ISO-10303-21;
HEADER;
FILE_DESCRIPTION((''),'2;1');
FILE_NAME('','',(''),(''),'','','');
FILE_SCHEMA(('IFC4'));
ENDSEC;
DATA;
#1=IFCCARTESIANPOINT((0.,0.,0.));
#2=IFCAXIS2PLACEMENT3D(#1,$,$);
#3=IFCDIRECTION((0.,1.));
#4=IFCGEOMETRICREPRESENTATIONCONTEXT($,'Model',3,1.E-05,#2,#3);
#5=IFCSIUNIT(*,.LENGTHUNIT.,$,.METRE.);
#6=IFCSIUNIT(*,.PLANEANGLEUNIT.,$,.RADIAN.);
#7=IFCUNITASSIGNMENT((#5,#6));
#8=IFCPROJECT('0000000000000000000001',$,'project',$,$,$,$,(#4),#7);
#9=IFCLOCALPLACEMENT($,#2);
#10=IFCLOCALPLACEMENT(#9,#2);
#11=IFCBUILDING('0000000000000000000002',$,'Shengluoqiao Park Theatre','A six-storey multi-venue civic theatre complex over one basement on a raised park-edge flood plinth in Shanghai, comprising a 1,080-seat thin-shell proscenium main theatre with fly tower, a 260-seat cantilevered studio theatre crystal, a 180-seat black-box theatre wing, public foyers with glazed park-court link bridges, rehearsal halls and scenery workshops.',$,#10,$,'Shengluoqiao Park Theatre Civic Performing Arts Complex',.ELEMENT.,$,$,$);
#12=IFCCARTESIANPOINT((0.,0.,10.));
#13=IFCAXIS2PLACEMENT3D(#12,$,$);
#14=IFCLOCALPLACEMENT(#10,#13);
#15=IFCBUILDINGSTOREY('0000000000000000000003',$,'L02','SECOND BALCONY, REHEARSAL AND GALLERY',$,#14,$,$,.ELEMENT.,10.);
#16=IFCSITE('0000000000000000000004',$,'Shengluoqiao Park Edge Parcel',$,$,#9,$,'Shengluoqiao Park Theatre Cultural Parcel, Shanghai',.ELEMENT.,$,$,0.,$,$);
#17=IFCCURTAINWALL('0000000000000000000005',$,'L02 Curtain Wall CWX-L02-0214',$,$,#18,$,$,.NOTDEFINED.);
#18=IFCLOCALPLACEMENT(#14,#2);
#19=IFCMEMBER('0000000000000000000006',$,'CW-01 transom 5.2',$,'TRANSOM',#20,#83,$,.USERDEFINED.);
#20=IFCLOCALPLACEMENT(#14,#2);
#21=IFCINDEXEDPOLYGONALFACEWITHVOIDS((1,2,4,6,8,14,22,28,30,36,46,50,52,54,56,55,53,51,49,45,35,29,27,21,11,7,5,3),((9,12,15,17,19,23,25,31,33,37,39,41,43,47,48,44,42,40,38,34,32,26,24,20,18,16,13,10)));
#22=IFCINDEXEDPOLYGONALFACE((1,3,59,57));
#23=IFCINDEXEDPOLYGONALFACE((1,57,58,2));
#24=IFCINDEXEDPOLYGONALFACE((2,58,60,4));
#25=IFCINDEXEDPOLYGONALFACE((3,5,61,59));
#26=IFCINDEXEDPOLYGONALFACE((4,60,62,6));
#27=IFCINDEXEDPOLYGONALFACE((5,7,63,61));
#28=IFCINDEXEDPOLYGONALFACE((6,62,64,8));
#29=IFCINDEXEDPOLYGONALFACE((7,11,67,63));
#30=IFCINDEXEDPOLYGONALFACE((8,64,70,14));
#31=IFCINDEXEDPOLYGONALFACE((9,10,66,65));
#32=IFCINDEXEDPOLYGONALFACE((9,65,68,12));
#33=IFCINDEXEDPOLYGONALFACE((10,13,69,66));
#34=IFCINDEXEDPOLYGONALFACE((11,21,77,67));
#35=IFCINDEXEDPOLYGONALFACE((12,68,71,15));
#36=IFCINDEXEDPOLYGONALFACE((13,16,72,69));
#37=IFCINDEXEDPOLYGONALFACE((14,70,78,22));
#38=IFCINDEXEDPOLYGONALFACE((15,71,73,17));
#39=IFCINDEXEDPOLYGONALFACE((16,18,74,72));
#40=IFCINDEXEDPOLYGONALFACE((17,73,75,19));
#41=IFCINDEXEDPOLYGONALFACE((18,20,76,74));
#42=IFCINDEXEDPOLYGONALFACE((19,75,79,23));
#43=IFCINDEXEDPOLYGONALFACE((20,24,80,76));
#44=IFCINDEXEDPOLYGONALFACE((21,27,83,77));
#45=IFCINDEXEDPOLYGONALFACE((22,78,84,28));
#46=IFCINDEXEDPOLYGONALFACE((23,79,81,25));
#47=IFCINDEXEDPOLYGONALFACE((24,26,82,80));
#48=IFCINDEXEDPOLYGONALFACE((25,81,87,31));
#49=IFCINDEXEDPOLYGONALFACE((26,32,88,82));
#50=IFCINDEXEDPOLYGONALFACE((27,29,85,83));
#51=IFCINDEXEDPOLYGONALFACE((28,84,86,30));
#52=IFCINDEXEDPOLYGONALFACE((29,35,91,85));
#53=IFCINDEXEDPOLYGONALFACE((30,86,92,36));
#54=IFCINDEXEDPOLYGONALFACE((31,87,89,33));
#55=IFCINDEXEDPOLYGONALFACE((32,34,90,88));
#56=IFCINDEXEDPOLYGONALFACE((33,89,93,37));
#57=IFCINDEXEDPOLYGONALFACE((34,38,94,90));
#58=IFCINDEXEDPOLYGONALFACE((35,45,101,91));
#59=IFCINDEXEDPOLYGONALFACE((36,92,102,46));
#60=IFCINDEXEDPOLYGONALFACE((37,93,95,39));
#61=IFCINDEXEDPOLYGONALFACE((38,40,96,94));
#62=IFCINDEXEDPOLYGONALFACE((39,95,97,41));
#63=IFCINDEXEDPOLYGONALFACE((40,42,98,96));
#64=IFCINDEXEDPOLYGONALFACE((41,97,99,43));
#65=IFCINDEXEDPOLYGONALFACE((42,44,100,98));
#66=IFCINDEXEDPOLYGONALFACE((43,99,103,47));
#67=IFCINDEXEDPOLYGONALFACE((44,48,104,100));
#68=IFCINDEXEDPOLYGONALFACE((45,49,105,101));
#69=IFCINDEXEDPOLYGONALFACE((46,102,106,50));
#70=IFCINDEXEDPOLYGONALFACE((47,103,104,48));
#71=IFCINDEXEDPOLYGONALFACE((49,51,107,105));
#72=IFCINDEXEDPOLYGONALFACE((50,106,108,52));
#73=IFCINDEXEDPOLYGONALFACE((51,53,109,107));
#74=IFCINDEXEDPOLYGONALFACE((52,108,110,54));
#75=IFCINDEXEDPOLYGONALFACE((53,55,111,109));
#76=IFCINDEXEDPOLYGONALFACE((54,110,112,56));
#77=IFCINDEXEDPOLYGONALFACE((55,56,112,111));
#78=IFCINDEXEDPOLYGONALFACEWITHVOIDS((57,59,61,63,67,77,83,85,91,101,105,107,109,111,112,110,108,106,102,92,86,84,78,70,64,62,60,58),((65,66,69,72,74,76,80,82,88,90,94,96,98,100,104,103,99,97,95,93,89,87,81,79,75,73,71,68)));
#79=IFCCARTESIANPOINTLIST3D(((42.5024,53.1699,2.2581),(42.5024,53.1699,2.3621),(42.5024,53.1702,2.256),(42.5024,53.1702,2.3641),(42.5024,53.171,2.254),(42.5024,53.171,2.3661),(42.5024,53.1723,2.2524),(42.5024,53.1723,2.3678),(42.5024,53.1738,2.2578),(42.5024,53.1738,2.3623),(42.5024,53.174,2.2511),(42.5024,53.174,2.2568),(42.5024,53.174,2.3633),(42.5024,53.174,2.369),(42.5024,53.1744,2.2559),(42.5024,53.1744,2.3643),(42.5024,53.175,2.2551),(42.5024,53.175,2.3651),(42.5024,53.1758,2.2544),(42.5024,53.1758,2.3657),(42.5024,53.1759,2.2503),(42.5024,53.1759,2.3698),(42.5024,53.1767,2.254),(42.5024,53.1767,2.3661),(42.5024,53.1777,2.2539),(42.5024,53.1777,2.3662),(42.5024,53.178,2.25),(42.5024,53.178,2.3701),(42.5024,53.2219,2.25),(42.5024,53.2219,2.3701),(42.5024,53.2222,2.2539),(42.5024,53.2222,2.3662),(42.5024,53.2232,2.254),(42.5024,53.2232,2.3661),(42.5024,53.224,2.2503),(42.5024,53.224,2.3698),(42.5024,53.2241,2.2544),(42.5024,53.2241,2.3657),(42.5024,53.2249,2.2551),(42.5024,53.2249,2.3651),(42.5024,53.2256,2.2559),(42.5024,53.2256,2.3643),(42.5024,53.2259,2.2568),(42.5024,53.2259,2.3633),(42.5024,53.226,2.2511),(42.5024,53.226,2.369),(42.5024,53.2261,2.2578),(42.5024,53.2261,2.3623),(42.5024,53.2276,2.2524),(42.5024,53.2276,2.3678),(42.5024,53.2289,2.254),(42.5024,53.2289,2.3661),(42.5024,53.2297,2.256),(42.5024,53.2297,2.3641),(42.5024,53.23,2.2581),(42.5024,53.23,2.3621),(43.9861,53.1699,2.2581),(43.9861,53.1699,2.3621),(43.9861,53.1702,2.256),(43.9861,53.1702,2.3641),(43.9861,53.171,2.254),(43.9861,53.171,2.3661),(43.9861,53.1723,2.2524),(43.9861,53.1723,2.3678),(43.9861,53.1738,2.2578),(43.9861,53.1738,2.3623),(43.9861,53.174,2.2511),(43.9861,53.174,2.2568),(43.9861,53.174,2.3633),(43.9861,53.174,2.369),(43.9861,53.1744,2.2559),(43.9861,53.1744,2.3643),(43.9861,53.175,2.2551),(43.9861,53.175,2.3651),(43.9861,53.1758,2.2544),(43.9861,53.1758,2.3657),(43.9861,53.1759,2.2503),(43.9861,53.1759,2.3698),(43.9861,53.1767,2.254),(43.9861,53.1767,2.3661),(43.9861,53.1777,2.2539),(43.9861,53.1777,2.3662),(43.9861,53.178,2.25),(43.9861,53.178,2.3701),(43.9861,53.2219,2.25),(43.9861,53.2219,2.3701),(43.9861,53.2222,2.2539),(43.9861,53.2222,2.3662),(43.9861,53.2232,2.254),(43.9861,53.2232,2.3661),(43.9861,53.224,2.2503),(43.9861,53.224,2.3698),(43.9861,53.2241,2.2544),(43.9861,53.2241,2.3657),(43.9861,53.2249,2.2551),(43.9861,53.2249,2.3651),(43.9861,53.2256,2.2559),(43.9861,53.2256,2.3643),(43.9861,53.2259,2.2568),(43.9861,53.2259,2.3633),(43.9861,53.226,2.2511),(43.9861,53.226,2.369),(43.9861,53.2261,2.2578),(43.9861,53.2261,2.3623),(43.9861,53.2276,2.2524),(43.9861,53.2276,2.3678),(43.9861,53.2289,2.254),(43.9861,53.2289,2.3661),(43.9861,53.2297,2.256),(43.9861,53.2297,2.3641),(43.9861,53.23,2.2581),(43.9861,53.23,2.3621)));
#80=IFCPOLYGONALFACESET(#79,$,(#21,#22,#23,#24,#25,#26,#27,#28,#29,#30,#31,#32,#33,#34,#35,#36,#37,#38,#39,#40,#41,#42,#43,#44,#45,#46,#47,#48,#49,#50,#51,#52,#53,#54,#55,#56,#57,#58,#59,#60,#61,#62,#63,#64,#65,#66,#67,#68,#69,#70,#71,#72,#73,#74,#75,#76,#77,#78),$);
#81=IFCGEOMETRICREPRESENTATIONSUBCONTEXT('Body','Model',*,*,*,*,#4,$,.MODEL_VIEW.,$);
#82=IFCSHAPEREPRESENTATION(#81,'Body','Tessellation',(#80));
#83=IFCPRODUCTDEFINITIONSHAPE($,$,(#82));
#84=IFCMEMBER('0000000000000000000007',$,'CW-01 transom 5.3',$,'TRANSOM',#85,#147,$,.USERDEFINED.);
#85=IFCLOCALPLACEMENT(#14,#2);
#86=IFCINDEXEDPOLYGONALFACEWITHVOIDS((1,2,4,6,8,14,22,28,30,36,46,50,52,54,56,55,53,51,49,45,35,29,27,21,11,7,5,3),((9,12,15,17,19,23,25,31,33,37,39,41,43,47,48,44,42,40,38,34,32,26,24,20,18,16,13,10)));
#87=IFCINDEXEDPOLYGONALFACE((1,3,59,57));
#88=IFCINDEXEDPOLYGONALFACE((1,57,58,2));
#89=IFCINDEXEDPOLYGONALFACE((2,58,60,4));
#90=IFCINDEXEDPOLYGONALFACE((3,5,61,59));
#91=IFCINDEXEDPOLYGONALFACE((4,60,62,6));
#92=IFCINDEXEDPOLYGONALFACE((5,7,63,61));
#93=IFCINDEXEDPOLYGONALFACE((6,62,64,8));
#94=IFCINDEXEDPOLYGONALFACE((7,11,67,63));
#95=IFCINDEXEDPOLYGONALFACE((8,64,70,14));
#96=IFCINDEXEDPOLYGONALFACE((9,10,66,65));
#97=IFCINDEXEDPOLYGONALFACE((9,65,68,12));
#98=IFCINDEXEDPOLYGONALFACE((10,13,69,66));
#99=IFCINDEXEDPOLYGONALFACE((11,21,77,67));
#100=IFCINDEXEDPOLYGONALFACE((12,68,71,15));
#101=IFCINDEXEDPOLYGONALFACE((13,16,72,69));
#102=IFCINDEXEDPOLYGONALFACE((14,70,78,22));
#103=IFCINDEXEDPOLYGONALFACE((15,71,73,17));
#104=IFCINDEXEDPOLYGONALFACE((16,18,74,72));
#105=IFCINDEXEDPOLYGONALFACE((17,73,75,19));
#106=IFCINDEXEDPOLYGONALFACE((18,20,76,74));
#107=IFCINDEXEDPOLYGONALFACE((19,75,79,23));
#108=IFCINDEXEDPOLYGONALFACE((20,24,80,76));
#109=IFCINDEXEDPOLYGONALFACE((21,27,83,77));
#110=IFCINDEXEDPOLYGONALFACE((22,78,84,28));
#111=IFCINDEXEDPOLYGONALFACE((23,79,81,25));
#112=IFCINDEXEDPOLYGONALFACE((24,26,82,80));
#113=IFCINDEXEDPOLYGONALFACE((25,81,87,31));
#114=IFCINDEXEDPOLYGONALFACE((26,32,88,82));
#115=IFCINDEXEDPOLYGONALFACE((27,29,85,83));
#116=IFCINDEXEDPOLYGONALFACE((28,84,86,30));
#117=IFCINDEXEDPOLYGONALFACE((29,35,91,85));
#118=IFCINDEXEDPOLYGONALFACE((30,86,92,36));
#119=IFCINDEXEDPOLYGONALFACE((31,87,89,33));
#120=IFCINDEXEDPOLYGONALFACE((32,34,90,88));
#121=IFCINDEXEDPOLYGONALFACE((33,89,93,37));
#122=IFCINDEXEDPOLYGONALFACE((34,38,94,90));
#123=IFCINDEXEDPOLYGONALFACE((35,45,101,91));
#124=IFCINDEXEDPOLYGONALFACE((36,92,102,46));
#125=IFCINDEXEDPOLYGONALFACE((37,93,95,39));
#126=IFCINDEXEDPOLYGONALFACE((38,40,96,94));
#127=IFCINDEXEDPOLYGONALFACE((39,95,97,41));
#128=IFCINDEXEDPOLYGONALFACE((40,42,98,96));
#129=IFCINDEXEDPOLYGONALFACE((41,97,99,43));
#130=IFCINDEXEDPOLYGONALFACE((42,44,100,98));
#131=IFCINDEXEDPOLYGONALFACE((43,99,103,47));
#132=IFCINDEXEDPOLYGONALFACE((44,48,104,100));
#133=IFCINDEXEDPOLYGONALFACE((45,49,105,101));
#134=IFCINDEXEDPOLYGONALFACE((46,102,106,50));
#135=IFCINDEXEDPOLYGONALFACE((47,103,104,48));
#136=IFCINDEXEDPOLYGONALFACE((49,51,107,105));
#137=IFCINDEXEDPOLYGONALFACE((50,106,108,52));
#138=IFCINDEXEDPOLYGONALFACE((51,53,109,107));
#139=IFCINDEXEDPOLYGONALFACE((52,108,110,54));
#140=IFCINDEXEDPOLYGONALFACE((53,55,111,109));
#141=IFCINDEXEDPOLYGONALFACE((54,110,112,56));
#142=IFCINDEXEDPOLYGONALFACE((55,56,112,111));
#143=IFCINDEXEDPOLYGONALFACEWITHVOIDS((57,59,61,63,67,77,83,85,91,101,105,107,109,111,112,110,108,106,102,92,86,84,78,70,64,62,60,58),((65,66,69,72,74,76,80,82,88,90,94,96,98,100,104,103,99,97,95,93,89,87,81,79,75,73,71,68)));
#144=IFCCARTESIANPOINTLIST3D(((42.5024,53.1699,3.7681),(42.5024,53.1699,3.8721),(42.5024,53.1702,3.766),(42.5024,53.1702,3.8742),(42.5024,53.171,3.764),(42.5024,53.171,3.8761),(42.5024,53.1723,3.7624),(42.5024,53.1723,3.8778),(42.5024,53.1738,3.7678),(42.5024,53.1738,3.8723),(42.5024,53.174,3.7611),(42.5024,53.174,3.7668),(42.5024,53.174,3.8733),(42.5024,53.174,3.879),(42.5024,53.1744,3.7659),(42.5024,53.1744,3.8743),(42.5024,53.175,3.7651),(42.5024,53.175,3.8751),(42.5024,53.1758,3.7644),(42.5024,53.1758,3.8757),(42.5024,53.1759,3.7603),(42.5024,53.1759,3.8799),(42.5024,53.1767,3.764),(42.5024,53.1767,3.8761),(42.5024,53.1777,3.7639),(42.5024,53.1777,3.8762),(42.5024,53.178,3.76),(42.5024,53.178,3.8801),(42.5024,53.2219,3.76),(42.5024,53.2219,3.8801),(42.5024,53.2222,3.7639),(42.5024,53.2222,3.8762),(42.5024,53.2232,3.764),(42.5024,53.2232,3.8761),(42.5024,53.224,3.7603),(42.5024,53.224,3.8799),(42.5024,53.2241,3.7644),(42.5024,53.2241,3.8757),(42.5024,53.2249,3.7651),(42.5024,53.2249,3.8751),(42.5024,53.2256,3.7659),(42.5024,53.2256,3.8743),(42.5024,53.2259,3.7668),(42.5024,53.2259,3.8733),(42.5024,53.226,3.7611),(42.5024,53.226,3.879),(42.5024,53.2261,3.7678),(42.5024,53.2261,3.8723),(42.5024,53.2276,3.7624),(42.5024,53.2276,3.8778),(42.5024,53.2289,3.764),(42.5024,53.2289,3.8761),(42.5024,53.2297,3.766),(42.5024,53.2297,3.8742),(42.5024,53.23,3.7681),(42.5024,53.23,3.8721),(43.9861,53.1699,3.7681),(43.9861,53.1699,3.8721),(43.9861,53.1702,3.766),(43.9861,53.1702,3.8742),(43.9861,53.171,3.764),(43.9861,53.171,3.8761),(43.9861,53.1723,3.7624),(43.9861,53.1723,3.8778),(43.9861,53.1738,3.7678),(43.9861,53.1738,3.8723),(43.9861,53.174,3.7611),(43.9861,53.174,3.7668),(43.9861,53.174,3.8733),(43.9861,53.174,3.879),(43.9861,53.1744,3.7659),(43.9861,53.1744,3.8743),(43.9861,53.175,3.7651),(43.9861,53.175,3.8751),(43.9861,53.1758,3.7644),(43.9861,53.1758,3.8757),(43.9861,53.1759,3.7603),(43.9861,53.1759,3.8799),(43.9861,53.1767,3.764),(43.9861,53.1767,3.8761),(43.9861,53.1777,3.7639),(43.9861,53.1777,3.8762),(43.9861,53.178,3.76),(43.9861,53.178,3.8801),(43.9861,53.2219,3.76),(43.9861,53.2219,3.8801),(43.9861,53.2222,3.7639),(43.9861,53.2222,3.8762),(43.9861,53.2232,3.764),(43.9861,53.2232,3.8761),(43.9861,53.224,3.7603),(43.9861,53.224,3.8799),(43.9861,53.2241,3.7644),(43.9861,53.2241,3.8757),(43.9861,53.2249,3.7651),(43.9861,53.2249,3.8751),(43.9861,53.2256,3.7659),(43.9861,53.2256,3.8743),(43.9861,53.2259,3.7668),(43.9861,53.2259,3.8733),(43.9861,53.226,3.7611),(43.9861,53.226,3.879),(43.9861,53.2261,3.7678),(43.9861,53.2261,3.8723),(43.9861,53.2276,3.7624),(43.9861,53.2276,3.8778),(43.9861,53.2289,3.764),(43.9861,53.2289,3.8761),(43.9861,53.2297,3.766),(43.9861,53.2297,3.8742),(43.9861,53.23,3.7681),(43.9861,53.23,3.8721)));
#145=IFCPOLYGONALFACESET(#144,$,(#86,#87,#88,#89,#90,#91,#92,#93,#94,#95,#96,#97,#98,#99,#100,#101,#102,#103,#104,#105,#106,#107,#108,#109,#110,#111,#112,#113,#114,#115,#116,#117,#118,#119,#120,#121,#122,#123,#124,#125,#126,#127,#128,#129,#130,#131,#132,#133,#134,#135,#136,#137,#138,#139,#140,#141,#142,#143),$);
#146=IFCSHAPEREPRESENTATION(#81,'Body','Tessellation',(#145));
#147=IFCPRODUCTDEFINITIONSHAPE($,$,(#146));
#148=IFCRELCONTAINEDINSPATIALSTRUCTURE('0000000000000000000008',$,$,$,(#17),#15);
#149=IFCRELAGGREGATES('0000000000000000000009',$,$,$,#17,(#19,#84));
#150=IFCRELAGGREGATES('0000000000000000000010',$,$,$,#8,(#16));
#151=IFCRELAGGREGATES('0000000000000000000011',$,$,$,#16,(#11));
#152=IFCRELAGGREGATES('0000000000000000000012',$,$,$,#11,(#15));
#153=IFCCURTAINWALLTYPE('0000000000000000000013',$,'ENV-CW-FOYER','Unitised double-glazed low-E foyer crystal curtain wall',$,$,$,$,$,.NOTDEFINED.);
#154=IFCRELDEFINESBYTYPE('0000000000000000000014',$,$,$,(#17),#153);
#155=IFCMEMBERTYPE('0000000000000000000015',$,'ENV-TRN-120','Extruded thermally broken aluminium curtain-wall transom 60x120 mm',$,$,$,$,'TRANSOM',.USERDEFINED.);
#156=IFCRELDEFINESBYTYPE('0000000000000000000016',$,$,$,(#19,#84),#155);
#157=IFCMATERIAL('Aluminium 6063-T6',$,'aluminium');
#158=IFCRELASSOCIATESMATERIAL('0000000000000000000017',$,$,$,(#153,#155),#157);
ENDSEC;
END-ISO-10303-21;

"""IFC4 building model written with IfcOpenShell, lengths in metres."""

from ifc_helpers import new_model, si_unit, direction, frame, origin, origin_2d, place, context, subcontext, project, spatial, hollow_rectangle, extrude, material, material_profile, profile_set, type_object, element, aggregate, save


model = new_model("IFC4")

# Units and contexts
model_context = context("Model", 3, precision=1e-05, world=origin(), true_north=direction((0.0, 1.0)))
body_context = subcontext(model_context, "Body", "Model", "MODEL_VIEW")
ifc_project = project(units=[si_unit("LENGTHUNIT", "METRE"), si_unit("PLANEANGLEUNIT", "RADIAN")], contexts=[model_context])

# Site, building, storey
site_placement = place(None, origin())
site = spatial("IfcSite", under=ifc_project, at=site_placement, Name="Shengluoqiao Park Edge Parcel", LongName="Shengluoqiao Park Theatre Cultural Parcel, Shanghai", CompositionType="ELEMENT", RefElevation=0.0)
building_placement = place(site_placement, origin())
building = spatial("IfcBuilding", under=site, at=building_placement, Name="Shengluoqiao Park Theatre", Description="A six-storey multi-venue civic theatre complex over one basement on a raised park-edge flood plinth in Shanghai, comprising a 1,080-seat thin-shell proscenium main theatre with fly tower, a 260-seat cantilevered studio theatre crystal, a 180-seat black-box theatre wing, public foyers with glazed park-court link bridges, rehearsal halls and scenery workshops.", LongName="Shengluoqiao Park Theatre Civic Performing Arts Complex", CompositionType="ELEMENT")
storey_placement = place(building_placement, frame((0.0, 0.0, 10.0)))
storey = spatial("IfcBuildingStorey", under=building, at=storey_placement, Name="L02", Description="SECOND BALCONY, REHEARSAL AND GALLERY", CompositionType="ELEMENT", Elevation=10.0)

# Curtain wall
ifc_material_1 = material(Name="Aluminium 6063-T6", Category="aluminium")
curtain_wall_type_1 = type_object("IfcCurtainWallType", Name="ENV-CW-FOYER", Description="Unitised double-glazed low-E foyer crystal curtain wall", PredefinedType="NOTDEFINED", material=ifc_material_1)
curtain_wall_1_placement = place(storey_placement, origin())
curtain_wall_1 = element("IfcCurtainWall", 1, at=curtain_wall_1_placement, inside=storey, type_object=curtain_wall_type_1, Name="L02 Curtain Wall CWX-L02-0214", PredefinedType="NOTDEFINED")

# Members
ifc_material_profile_1 = material_profile(ifc_material_1, hollow_rectangle(XDim=0.0601, YDim=0.1201, WallThickness=0.0039, InnerFilletRadius=0.0039, OuterFilletRadius=0.0081, at=origin_2d()), Name="ALU TRANSOM 120x60x4")
ifc_profile_set_1 = profile_set([ifc_material_profile_1], Name="Aluminium 6063-T6")
member_type_1 = type_object("IfcMemberType", Name="ENV-TRN-120", Description="Extruded thermally broken aluminium curtain-wall transom 60x120 mm", ElementType="TRANSOM", PredefinedType="USERDEFINED", material=ifc_profile_set_1)
member_1_placement = place(storey_placement, frame((42.5024, 53.2, 2.3101), z_axis=(1.0, 0.0, 0.0), x_axis=(0.0, 1.0, 0.0)))
member_1 = element("IfcMember", 2, at=member_1_placement, type_object=member_type_1, Name="CW-01 transom 5.2", ObjectType="TRANSOM", PredefinedType="USERDEFINED", context=body_context, shape_type="SweptSolid", body=[
    extrude(hollow_rectangle(XDim=0.0601, YDim=0.1201, WallThickness=0.0039, InnerFilletRadius=0.0039, OuterFilletRadius=0.0081, at=origin_2d()), origin(), (0.0, 0.0, 1.0), 1.4836),
])
member_2_placement = place(storey_placement, frame((42.5024, 53.2, 3.8201), z_axis=(1.0, 0.0, 0.0), x_axis=(0.0, 1.0, 0.0)))
member_2 = element("IfcMember", 3, at=member_2_placement, type_object=member_type_1, Name="CW-01 transom 5.3", ObjectType="TRANSOM", PredefinedType="USERDEFINED", context=body_context, shape_type="SweptSolid", body=[
    extrude(hollow_rectangle(XDim=0.0601, YDim=0.1201, WallThickness=0.0039, InnerFilletRadius=0.0039, OuterFilletRadius=0.0081, at=origin_2d()), origin(), (0.0, 0.0, 1.0), 1.4836),
])

aggregate(curtain_wall_1, [member_1, member_2])

save(model, "model.ifc")
